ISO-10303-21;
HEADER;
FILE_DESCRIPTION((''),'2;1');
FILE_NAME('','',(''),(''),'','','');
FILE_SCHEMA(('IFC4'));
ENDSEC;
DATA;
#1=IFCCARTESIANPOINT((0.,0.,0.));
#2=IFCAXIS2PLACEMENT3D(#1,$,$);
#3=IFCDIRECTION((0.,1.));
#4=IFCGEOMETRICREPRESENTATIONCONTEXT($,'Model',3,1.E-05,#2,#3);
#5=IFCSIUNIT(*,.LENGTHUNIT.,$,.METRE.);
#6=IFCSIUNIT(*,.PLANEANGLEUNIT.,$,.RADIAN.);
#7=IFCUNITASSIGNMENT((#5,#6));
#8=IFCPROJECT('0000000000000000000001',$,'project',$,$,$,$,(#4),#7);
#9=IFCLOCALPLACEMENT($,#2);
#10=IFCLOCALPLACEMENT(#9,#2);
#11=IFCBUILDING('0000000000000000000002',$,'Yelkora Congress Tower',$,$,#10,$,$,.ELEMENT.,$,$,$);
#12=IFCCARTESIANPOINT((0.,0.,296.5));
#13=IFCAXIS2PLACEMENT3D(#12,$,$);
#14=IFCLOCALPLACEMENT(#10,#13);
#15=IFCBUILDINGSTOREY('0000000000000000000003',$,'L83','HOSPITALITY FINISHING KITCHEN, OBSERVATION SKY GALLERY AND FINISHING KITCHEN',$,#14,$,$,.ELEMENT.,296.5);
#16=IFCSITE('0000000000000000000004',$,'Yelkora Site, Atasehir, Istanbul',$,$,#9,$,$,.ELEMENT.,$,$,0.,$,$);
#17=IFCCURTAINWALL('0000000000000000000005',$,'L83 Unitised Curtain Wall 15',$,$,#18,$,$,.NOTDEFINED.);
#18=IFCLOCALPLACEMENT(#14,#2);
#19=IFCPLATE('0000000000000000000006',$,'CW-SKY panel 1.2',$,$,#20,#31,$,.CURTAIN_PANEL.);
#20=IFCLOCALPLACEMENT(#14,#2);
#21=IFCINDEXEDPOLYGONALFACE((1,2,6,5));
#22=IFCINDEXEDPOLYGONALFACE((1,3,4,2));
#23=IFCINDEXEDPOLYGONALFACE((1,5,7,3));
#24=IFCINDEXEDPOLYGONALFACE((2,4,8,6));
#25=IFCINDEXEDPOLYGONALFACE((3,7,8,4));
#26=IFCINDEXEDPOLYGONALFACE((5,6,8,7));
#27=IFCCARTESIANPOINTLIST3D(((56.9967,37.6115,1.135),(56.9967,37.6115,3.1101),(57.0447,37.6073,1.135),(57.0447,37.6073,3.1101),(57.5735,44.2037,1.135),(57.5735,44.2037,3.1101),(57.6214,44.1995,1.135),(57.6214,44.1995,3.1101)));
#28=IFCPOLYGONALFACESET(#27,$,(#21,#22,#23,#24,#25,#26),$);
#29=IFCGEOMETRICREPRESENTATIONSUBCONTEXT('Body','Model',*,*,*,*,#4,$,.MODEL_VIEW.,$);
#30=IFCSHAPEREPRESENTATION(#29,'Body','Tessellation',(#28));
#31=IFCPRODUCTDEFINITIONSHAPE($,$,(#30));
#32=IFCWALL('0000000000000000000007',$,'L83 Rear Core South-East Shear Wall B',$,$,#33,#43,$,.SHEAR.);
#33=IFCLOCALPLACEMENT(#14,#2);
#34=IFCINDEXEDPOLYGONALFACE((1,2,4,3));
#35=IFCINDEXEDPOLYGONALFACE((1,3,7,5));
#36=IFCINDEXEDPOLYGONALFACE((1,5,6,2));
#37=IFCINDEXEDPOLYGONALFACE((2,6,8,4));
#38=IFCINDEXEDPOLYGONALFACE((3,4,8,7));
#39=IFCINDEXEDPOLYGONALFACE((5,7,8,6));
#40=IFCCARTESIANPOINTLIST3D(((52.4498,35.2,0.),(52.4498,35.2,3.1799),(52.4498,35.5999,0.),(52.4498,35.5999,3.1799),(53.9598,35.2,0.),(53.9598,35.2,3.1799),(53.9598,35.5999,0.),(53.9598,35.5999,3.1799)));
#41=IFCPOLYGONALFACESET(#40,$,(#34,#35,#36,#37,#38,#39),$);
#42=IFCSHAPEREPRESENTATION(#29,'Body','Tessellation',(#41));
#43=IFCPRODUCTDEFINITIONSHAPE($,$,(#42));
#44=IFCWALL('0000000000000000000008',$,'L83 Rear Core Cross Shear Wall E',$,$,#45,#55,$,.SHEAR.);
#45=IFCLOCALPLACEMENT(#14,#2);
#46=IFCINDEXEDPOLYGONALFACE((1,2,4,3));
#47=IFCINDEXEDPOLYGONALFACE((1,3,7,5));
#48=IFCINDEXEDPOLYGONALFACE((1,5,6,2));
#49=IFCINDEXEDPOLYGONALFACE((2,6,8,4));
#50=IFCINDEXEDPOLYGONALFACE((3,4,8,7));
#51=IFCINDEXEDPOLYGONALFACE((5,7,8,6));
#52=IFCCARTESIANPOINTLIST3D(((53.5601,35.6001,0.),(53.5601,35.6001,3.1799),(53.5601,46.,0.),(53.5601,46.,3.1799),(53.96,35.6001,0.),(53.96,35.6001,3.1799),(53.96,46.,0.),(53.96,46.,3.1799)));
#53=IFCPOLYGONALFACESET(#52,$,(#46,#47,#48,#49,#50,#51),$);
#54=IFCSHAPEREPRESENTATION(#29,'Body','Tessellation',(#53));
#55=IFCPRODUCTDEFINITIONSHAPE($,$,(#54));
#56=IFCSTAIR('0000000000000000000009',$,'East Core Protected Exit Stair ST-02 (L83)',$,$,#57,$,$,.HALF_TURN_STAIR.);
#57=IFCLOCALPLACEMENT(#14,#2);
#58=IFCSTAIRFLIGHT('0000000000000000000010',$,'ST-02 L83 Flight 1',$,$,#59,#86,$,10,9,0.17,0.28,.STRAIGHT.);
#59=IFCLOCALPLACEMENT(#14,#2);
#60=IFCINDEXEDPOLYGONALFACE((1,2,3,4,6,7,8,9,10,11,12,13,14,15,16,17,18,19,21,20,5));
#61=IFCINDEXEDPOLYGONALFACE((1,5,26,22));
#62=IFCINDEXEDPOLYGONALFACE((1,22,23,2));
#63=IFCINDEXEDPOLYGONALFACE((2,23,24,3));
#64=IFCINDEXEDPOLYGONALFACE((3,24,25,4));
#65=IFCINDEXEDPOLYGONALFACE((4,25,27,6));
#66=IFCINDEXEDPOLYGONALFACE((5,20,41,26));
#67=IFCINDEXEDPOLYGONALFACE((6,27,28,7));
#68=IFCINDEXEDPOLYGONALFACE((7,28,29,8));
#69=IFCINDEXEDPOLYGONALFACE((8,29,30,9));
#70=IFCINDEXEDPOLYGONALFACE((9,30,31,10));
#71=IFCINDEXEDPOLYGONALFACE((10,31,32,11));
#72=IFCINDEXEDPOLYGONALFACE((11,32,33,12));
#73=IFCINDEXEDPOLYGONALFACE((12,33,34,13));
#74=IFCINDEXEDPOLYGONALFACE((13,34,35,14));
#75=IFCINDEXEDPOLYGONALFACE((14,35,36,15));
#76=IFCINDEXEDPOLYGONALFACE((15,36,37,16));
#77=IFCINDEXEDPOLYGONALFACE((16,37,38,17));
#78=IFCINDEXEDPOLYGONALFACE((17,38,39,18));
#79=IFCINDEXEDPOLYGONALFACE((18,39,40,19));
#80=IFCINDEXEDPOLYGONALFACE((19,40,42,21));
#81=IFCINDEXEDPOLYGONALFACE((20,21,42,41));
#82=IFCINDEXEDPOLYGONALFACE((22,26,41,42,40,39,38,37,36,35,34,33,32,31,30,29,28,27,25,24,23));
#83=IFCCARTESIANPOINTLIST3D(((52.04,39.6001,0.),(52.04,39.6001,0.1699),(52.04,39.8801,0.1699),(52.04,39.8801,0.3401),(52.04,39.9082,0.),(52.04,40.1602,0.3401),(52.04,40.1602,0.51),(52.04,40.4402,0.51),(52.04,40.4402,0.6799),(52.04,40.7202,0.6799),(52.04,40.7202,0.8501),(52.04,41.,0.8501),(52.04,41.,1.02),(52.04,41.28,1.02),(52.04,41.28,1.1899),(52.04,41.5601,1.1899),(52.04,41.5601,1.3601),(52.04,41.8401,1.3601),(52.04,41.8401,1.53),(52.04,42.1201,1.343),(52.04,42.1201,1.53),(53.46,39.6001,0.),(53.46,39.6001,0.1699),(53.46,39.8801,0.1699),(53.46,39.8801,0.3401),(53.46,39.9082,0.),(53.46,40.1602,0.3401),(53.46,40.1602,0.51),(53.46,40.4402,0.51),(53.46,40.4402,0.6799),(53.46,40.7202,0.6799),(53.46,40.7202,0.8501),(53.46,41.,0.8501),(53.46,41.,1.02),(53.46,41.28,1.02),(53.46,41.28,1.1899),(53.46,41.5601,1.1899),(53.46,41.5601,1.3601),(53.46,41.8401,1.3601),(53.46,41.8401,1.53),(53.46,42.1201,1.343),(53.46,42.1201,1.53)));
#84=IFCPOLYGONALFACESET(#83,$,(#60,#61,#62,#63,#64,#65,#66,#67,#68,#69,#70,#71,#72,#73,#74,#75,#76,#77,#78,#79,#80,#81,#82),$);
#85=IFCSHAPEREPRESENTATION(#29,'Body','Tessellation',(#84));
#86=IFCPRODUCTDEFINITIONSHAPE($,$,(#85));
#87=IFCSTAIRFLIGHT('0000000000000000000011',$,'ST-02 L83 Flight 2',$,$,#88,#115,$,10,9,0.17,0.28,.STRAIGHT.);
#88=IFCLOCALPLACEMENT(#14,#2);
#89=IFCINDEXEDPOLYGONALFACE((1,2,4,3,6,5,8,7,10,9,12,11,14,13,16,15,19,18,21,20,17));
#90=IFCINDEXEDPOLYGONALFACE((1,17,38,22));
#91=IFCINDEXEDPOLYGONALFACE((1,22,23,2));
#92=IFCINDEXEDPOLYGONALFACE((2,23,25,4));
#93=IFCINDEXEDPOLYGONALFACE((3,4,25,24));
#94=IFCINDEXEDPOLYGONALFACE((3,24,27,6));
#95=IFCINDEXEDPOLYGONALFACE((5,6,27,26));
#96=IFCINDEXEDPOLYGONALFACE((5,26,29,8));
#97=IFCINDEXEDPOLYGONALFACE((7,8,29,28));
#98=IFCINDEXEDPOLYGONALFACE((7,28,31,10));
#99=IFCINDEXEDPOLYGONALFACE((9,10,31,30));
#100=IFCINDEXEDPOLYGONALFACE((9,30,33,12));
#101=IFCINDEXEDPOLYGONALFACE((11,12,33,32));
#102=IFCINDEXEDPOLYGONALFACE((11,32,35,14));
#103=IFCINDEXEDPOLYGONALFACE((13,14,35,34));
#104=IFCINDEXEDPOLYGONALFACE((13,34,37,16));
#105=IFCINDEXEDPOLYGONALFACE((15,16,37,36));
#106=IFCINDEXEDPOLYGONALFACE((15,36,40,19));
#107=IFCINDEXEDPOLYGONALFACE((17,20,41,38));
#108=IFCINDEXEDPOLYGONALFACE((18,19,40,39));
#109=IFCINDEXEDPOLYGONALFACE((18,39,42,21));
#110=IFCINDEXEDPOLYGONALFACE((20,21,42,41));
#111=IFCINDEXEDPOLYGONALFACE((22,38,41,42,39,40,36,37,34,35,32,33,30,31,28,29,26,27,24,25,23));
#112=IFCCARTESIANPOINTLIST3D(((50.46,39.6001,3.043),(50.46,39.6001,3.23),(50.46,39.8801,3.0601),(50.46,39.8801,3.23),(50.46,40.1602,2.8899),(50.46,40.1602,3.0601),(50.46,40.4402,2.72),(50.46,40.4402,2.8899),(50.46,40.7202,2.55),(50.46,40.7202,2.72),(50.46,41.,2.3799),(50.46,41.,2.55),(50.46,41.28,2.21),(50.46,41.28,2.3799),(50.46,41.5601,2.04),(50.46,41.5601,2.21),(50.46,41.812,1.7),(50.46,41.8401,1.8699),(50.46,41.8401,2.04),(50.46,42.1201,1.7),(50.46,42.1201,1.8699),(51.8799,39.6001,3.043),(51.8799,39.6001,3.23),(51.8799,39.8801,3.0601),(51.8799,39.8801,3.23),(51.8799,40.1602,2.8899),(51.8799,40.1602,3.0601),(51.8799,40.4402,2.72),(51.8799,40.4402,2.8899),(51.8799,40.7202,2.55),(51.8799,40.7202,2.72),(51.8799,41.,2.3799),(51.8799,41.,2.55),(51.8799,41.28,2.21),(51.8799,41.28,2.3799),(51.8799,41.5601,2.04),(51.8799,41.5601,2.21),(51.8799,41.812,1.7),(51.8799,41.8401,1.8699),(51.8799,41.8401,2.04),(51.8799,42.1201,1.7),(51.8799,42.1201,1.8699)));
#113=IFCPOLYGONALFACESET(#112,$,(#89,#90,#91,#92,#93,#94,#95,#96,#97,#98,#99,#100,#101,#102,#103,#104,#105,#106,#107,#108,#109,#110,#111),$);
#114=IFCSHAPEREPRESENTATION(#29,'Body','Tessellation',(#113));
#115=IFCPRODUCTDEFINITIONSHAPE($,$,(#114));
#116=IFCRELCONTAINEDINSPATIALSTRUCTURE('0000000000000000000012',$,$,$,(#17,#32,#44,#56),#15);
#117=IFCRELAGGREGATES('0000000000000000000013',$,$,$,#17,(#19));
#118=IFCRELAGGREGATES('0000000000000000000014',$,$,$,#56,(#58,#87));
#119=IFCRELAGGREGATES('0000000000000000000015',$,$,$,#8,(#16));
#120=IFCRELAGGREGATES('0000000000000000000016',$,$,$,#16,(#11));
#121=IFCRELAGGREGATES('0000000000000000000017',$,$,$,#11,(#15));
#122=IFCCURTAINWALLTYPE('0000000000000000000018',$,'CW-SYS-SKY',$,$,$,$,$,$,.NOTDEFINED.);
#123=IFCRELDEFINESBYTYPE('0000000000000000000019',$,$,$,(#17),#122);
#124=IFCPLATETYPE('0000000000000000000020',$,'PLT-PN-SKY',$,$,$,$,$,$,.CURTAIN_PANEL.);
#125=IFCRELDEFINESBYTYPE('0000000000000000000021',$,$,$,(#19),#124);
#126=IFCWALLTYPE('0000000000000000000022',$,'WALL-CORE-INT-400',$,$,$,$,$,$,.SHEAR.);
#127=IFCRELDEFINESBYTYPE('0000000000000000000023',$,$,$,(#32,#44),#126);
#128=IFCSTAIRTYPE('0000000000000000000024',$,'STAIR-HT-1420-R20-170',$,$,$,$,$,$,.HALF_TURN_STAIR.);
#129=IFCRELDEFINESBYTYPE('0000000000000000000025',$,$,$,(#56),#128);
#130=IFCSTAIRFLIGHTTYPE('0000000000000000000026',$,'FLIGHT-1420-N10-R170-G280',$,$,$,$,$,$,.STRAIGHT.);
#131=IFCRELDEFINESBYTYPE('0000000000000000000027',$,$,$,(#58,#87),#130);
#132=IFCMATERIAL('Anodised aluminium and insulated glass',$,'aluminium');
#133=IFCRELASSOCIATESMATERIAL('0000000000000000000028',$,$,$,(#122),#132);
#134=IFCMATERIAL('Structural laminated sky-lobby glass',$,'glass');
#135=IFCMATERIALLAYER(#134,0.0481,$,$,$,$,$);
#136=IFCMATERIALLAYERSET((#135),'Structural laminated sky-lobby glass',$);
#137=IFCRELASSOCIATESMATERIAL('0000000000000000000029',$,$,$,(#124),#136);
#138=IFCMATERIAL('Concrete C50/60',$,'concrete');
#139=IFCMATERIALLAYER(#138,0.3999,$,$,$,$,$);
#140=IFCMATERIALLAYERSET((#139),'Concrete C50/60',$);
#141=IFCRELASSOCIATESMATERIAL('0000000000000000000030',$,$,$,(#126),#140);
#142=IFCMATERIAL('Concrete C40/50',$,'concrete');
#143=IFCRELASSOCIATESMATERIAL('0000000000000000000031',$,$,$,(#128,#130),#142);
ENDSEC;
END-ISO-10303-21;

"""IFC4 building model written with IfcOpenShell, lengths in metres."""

from ifc_helpers import new_model, si_unit, direction, frame, frame_2d, origin, origin_2d, place, context, subcontext, project, spatial, polyline, rectangle, outline, extrude, material, layer, layer_set, type_object, element, aggregate, save


model = new_model("IFC4")

# Units and contexts
model_context = context("Model", 3, precision=1e-05, world=origin(), true_north=direction((0.0, 1.0)))
body_context = subcontext(model_context, "Body", "Model", "MODEL_VIEW")
ifc_project = project(units=[si_unit("LENGTHUNIT", "METRE"), si_unit("PLANEANGLEUNIT", "RADIAN")], contexts=[model_context])

# Site, building, storey
site_placement = place(None, origin())
site = spatial("IfcSite", under=ifc_project, at=site_placement, Name="Yelkora Site, Atasehir, Istanbul", CompositionType="ELEMENT", RefElevation=0.0)
building_placement = place(site_placement, origin())
building = spatial("IfcBuilding", under=site, at=building_placement, Name="Yelkora Congress Tower", CompositionType="ELEMENT")
storey_placement = place(building_placement, frame((0.0, 0.0, 296.5)))
storey = spatial("IfcBuildingStorey", under=building, at=storey_placement, Name="L83", Description="HOSPITALITY FINISHING KITCHEN, OBSERVATION SKY GALLERY AND FINISHING KITCHEN", CompositionType="ELEMENT", Elevation=296.5)

# Curtain wall, plate
ifc_material_1 = material(Name="Anodised aluminium and insulated glass", Category="aluminium")
curtain_wall_type = type_object("IfcCurtainWallType", Name="CW-SYS-SKY", PredefinedType="NOTDEFINED", material=ifc_material_1)
curtain_wall_placement = place(storey_placement, origin())
curtain_wall = element("IfcCurtainWall", 1, at=curtain_wall_placement, inside=storey, type_object=curtain_wall_type, Name="L83 Unitised Curtain Wall 15", PredefinedType="NOTDEFINED")
ifc_material_2 = material(Name="Structural laminated sky-lobby glass", Category="glass")
ifc_layer_1 = layer(ifc_material_2, 0.0481)
ifc_layer_set_1 = layer_set([ifc_layer_1], Name="Structural laminated sky-lobby glass")
plate_type = type_object("IfcPlateType", Name="PLT-PN-SKY", PredefinedType="CURTAIN_PANEL", material=ifc_layer_set_1)
plate_1_placement = place(storey_placement, frame((57.3091, 40.9055, 1.135), z_axis=(0.0, 0.0, 1.0), x_axis=(-0.087158, -0.996194, 0.0)))
plate_1 = element("IfcPlate", 2, at=plate_1_placement, type_object=plate_type, Name="CW-SKY panel 1.2", PredefinedType="CURTAIN_PANEL", context=body_context, shape_type="SweptSolid", body=[
    extrude(rectangle(XDim=6.6174, YDim=0.0481, at=origin_2d()), origin(), (0.0, 0.0, 1.0), 1.9751),
])
aggregate(curtain_wall, [plate_1])

# Walls
ifc_material_3 = material(Name="Concrete C50/60", Category="concrete")
ifc_layer_2 = layer(ifc_material_3, 0.3999)
ifc_layer_set_2 = layer_set([ifc_layer_2], Name="Concrete C50/60")
wall_type = type_object("IfcWallType", Name="WALL-CORE-INT-400", PredefinedType="SHEAR", material=ifc_layer_set_2)
wall_1_placement = place(storey_placement, frame((52.45, 35.3999, 0.0), z_axis=(0.0, 0.0, 1.0), x_axis=(1.0, 0.0, 0.0)))
element("IfcWall", 3, at=wall_1_placement, inside=storey, type_object=wall_type, Name="L83 Rear Core South-East Shear Wall B", PredefinedType="SHEAR", context=body_context, shape_type="SweptSolid", body=[
    extrude(rectangle(XDim=1.51, YDim=0.3999, at=frame_2d((0.7549, 0.0))), origin(), (0.0, 0.0, 1.0), 3.1799),
])
wall_2_placement = place(storey_placement, frame((53.76, 35.6001, 0.0), z_axis=(0.0, 0.0, 1.0), x_axis=(0.0, 1.0, 0.0)))
element("IfcWall", 4, at=wall_2_placement, inside=storey, type_object=wall_type, Name="L83 Rear Core Cross Shear Wall E", PredefinedType="SHEAR", context=body_context, shape_type="SweptSolid", body=[
    extrude(rectangle(XDim=10.3999, YDim=0.3999, at=frame_2d((5.2, 0.0))), origin(), (0.0, 0.0, 1.0), 3.1799),
])

# Stair, stair flights
ifc_material_4 = material(Name="Concrete C40/50", Category="concrete")
stair_type = type_object("IfcStairType", Name="STAIR-HT-1420-R20-170", PredefinedType="HALF_TURN_STAIR", material=ifc_material_4)
stair_placement = place(storey_placement, origin())
stair = element("IfcStair", 5, at=stair_placement, inside=storey, type_object=stair_type, Name="East Core Protected Exit Stair ST-02 (L83)", PredefinedType="HALF_TURN_STAIR")
stair_flight_type = type_object("IfcStairFlightType", Name="FLIGHT-1420-N10-R170-G280", PredefinedType="STRAIGHT", material=ifc_material_4)
stair_flight_1_placement = place(storey_placement, frame((52.75, 39.6001, 0.0), z_axis=(0.0, 0.0, 1.0), x_axis=(0.0, 1.0, 0.0)))
stair_flight_1 = element("IfcStairFlight", 6, at=stair_flight_1_placement, type_object=stair_flight_type, Name="ST-02 L83 Flight 1", NumberOfRisers=10, NumberOfTreads=9, PredefinedType="STRAIGHT", RiserHeight=0.17, TreadLength=0.28, context=body_context, shape_type="SweptSolid", body=[
    extrude(outline(polyline([(0.0, 0.0), (0.0, 0.1699), (0.28, 0.1699), (0.28, 0.3401), (0.5601, 0.3401), (0.5601, 0.51), (0.8401, 0.51), (0.8401, 0.6799), (1.1201, 0.6799), (1.1201, 0.8501), (1.3999, 0.8501), (1.3999, 1.02), (1.6799, 1.02), (1.6799, 1.1899), (1.96, 1.1899), (1.96, 1.3601), (2.24, 1.3601), (2.24, 1.53), (2.52, 1.53), (2.52, 1.7), (2.52, 1.343), (0.3081, 0.0), (0.0, 0.0)])), frame((0.0, 0.71, 0.0), z_axis=(0.0, -1.0, 0.0), x_axis=(1.0, 0.0, 0.0)), (0.0, 0.0, 1.0), 1.4199),
])
stair_flight_2_placement = place(storey_placement, frame((51.1699, 42.1201, 1.7), z_axis=(0.0, 0.0, 1.0), x_axis=(0.0, -1.0, 0.0)))
stair_flight_2 = element("IfcStairFlight", 7, at=stair_flight_2_placement, type_object=stair_flight_type, Name="ST-02 L83 Flight 2", NumberOfRisers=10, NumberOfTreads=9, PredefinedType="STRAIGHT", RiserHeight=0.17, TreadLength=0.28, context=body_context, shape_type="SweptSolid", body=[
    extrude(outline(polyline([(0.0, 0.0), (0.0, 0.1699), (0.28, 0.1699), (0.28, 0.3401), (0.5601, 0.3401), (0.5601, 0.51), (0.8401, 0.51), (0.8401, 0.6799), (1.1201, 0.6799), (1.1201, 0.8501), (1.3999, 0.8501), (1.3999, 1.02), (1.6799, 1.02), (1.6799, 1.1899), (1.96, 1.1899), (1.96, 1.3601), (2.24, 1.3601), (2.24, 1.53), (2.52, 1.53), (2.52, 1.7), (2.52, 1.343), (0.3081, 0.0), (0.0, 0.0)])), frame((0.0, 0.71, 0.0), z_axis=(0.0, -1.0, 0.0), x_axis=(1.0, 0.0, 0.0)), (0.0, 0.0, 1.0), 1.4199),
])
aggregate(stair, [stair_flight_1, stair_flight_2])

save(model, "model.ifc")
